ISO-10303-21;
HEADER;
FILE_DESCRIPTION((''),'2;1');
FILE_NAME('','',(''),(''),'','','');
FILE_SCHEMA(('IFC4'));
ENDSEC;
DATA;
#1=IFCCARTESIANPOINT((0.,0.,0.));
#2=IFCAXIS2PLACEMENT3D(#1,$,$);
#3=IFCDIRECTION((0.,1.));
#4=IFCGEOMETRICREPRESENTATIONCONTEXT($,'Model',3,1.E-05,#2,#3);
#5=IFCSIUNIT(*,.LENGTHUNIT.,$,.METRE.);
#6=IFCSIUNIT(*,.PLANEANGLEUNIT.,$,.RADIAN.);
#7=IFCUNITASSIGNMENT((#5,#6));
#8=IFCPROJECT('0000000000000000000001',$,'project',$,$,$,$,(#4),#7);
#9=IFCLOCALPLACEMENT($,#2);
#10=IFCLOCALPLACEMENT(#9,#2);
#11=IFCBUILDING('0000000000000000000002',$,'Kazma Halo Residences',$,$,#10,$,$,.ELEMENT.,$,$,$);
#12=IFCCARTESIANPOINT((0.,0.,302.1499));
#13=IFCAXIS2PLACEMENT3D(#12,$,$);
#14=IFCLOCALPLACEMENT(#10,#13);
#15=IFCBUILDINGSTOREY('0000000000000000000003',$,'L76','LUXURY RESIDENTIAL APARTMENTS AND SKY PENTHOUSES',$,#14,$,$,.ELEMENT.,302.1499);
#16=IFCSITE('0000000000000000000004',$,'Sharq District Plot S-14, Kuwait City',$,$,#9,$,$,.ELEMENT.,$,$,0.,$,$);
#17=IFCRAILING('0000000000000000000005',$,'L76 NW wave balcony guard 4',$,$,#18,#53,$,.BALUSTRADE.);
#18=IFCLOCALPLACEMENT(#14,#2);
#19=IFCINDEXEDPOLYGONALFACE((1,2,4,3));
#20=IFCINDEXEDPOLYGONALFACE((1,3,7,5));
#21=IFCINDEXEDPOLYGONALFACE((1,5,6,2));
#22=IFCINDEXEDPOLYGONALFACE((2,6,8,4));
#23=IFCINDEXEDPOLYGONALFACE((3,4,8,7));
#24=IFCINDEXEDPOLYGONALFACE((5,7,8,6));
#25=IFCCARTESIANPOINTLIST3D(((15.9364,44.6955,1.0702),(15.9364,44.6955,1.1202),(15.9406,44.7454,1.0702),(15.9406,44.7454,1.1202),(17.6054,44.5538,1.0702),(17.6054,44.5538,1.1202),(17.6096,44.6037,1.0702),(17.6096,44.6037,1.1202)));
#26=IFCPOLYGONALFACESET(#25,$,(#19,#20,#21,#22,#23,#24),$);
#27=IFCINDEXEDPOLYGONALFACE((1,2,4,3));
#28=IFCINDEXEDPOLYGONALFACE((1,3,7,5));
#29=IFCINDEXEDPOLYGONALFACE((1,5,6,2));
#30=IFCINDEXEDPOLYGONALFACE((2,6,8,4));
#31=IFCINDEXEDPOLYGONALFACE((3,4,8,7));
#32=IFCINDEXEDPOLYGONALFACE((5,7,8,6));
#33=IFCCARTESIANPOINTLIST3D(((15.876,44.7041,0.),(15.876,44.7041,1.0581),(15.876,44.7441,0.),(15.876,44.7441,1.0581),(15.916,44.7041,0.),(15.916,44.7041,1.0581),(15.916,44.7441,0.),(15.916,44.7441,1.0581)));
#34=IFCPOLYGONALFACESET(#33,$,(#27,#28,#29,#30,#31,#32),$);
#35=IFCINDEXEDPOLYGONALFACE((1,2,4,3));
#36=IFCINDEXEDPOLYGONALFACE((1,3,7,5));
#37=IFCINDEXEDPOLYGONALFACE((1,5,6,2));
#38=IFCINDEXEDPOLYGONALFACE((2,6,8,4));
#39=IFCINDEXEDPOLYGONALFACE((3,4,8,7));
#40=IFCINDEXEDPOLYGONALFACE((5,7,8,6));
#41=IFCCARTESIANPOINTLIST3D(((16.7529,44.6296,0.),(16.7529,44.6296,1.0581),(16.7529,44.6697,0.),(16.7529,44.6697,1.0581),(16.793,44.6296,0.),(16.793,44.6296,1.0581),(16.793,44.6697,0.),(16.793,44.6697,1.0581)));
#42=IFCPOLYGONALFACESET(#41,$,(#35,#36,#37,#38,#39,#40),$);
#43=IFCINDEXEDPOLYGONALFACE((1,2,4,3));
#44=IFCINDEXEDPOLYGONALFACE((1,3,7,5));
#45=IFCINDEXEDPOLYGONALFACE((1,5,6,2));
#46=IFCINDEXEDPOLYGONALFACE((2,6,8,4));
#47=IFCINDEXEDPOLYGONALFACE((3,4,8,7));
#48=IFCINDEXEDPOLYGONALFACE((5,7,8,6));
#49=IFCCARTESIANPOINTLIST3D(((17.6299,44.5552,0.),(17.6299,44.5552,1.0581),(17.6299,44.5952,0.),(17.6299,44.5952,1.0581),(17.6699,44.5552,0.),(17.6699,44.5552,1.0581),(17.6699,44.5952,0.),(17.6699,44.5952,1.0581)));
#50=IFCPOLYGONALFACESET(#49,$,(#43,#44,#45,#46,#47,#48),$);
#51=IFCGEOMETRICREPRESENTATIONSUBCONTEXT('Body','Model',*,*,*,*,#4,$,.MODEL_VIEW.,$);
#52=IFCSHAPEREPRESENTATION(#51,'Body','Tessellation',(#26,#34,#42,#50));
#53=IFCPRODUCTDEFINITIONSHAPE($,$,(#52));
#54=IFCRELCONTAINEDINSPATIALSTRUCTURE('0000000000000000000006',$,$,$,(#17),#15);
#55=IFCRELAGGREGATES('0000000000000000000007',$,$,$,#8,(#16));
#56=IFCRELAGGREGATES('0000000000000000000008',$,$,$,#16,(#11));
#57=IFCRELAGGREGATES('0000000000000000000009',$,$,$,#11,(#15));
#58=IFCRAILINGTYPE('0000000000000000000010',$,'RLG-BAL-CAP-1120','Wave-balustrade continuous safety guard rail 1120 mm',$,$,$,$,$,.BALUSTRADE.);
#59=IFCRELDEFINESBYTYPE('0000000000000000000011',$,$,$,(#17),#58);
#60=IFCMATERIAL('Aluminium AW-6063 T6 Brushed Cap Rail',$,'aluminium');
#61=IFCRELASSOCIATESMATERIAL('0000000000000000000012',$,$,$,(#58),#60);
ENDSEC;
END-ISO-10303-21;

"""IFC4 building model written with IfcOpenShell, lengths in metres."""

from ifc_helpers import new_model, si_unit, direction, frame, origin, origin_2d, place, context, subcontext, project, spatial, rectangle, extrude, material, type_object, element, save


model = new_model("IFC4")

# Units and contexts
model_context = context("Model", 3, precision=1e-05, world=origin(), true_north=direction((0.0, 1.0)))
body_context = subcontext(model_context, "Body", "Model", "MODEL_VIEW")
ifc_project = project(units=[si_unit("LENGTHUNIT", "METRE"), si_unit("PLANEANGLEUNIT", "RADIAN")], contexts=[model_context])

# Site, building, storey
site_placement = place(None, origin())
site = spatial("IfcSite", under=ifc_project, at=site_placement, Name="Sharq District Plot S-14, Kuwait City", CompositionType="ELEMENT", RefElevation=0.0)
building_placement = place(site_placement, origin())
building = spatial("IfcBuilding", under=site, at=building_placement, Name="Kazma Halo Residences", CompositionType="ELEMENT")
storey_placement = place(building_placement, frame((0.0, 0.0, 302.1499)))
storey = spatial("IfcBuildingStorey", under=building, at=storey_placement, Name="L76", Description="LUXURY RESIDENTIAL APARTMENTS AND SKY PENTHOUSES", CompositionType="ELEMENT", Elevation=302.1499)

# Railing
ifc_material_1 = material(Name="Aluminium AW-6063 T6 Brushed Cap Rail", Category="aluminium")
railing_type = type_object("IfcRailingType", Name="RLG-BAL-CAP-1120", Description="Wave-balustrade continuous safety guard rail 1120 mm", PredefinedType="BALUSTRADE", material=ifc_material_1)
railing_placement = place(storey_placement, frame((15.896, 44.7241, 0.0)))
element("IfcRailing", 1, at=railing_placement, inside=storey, type_object=railing_type, Name="L76 NW wave balcony guard 4", PredefinedType="BALUSTRADE", context=body_context, shape_type="SweptSolid", body=[
    extrude(rectangle(XDim=0.05, YDim=0.05, at=origin_2d()), frame((0.0425, -0.0037, 1.0952), z_axis=(0.996414, -0.084606, 0.0), x_axis=(0.084606, 0.996414, 0.0)), (0.0, 0.0, 1.0), 1.675),
    extrude(rectangle(XDim=0.04, YDim=0.04, at=origin_2d()), origin(), (0.0, 0.0, 1.0), 1.0581),
    extrude(rectangle(XDim=0.04, YDim=0.04, at=origin_2d()), frame((0.877, -0.0745, 0.0)), (0.0, 0.0, 1.0), 1.0581),
    extrude(rectangle(XDim=0.04, YDim=0.04, at=origin_2d()), frame((1.7539, -0.1489, 0.0)), (0.0, 0.0, 1.0), 1.0581),
])

save(model, "model.ifc")
